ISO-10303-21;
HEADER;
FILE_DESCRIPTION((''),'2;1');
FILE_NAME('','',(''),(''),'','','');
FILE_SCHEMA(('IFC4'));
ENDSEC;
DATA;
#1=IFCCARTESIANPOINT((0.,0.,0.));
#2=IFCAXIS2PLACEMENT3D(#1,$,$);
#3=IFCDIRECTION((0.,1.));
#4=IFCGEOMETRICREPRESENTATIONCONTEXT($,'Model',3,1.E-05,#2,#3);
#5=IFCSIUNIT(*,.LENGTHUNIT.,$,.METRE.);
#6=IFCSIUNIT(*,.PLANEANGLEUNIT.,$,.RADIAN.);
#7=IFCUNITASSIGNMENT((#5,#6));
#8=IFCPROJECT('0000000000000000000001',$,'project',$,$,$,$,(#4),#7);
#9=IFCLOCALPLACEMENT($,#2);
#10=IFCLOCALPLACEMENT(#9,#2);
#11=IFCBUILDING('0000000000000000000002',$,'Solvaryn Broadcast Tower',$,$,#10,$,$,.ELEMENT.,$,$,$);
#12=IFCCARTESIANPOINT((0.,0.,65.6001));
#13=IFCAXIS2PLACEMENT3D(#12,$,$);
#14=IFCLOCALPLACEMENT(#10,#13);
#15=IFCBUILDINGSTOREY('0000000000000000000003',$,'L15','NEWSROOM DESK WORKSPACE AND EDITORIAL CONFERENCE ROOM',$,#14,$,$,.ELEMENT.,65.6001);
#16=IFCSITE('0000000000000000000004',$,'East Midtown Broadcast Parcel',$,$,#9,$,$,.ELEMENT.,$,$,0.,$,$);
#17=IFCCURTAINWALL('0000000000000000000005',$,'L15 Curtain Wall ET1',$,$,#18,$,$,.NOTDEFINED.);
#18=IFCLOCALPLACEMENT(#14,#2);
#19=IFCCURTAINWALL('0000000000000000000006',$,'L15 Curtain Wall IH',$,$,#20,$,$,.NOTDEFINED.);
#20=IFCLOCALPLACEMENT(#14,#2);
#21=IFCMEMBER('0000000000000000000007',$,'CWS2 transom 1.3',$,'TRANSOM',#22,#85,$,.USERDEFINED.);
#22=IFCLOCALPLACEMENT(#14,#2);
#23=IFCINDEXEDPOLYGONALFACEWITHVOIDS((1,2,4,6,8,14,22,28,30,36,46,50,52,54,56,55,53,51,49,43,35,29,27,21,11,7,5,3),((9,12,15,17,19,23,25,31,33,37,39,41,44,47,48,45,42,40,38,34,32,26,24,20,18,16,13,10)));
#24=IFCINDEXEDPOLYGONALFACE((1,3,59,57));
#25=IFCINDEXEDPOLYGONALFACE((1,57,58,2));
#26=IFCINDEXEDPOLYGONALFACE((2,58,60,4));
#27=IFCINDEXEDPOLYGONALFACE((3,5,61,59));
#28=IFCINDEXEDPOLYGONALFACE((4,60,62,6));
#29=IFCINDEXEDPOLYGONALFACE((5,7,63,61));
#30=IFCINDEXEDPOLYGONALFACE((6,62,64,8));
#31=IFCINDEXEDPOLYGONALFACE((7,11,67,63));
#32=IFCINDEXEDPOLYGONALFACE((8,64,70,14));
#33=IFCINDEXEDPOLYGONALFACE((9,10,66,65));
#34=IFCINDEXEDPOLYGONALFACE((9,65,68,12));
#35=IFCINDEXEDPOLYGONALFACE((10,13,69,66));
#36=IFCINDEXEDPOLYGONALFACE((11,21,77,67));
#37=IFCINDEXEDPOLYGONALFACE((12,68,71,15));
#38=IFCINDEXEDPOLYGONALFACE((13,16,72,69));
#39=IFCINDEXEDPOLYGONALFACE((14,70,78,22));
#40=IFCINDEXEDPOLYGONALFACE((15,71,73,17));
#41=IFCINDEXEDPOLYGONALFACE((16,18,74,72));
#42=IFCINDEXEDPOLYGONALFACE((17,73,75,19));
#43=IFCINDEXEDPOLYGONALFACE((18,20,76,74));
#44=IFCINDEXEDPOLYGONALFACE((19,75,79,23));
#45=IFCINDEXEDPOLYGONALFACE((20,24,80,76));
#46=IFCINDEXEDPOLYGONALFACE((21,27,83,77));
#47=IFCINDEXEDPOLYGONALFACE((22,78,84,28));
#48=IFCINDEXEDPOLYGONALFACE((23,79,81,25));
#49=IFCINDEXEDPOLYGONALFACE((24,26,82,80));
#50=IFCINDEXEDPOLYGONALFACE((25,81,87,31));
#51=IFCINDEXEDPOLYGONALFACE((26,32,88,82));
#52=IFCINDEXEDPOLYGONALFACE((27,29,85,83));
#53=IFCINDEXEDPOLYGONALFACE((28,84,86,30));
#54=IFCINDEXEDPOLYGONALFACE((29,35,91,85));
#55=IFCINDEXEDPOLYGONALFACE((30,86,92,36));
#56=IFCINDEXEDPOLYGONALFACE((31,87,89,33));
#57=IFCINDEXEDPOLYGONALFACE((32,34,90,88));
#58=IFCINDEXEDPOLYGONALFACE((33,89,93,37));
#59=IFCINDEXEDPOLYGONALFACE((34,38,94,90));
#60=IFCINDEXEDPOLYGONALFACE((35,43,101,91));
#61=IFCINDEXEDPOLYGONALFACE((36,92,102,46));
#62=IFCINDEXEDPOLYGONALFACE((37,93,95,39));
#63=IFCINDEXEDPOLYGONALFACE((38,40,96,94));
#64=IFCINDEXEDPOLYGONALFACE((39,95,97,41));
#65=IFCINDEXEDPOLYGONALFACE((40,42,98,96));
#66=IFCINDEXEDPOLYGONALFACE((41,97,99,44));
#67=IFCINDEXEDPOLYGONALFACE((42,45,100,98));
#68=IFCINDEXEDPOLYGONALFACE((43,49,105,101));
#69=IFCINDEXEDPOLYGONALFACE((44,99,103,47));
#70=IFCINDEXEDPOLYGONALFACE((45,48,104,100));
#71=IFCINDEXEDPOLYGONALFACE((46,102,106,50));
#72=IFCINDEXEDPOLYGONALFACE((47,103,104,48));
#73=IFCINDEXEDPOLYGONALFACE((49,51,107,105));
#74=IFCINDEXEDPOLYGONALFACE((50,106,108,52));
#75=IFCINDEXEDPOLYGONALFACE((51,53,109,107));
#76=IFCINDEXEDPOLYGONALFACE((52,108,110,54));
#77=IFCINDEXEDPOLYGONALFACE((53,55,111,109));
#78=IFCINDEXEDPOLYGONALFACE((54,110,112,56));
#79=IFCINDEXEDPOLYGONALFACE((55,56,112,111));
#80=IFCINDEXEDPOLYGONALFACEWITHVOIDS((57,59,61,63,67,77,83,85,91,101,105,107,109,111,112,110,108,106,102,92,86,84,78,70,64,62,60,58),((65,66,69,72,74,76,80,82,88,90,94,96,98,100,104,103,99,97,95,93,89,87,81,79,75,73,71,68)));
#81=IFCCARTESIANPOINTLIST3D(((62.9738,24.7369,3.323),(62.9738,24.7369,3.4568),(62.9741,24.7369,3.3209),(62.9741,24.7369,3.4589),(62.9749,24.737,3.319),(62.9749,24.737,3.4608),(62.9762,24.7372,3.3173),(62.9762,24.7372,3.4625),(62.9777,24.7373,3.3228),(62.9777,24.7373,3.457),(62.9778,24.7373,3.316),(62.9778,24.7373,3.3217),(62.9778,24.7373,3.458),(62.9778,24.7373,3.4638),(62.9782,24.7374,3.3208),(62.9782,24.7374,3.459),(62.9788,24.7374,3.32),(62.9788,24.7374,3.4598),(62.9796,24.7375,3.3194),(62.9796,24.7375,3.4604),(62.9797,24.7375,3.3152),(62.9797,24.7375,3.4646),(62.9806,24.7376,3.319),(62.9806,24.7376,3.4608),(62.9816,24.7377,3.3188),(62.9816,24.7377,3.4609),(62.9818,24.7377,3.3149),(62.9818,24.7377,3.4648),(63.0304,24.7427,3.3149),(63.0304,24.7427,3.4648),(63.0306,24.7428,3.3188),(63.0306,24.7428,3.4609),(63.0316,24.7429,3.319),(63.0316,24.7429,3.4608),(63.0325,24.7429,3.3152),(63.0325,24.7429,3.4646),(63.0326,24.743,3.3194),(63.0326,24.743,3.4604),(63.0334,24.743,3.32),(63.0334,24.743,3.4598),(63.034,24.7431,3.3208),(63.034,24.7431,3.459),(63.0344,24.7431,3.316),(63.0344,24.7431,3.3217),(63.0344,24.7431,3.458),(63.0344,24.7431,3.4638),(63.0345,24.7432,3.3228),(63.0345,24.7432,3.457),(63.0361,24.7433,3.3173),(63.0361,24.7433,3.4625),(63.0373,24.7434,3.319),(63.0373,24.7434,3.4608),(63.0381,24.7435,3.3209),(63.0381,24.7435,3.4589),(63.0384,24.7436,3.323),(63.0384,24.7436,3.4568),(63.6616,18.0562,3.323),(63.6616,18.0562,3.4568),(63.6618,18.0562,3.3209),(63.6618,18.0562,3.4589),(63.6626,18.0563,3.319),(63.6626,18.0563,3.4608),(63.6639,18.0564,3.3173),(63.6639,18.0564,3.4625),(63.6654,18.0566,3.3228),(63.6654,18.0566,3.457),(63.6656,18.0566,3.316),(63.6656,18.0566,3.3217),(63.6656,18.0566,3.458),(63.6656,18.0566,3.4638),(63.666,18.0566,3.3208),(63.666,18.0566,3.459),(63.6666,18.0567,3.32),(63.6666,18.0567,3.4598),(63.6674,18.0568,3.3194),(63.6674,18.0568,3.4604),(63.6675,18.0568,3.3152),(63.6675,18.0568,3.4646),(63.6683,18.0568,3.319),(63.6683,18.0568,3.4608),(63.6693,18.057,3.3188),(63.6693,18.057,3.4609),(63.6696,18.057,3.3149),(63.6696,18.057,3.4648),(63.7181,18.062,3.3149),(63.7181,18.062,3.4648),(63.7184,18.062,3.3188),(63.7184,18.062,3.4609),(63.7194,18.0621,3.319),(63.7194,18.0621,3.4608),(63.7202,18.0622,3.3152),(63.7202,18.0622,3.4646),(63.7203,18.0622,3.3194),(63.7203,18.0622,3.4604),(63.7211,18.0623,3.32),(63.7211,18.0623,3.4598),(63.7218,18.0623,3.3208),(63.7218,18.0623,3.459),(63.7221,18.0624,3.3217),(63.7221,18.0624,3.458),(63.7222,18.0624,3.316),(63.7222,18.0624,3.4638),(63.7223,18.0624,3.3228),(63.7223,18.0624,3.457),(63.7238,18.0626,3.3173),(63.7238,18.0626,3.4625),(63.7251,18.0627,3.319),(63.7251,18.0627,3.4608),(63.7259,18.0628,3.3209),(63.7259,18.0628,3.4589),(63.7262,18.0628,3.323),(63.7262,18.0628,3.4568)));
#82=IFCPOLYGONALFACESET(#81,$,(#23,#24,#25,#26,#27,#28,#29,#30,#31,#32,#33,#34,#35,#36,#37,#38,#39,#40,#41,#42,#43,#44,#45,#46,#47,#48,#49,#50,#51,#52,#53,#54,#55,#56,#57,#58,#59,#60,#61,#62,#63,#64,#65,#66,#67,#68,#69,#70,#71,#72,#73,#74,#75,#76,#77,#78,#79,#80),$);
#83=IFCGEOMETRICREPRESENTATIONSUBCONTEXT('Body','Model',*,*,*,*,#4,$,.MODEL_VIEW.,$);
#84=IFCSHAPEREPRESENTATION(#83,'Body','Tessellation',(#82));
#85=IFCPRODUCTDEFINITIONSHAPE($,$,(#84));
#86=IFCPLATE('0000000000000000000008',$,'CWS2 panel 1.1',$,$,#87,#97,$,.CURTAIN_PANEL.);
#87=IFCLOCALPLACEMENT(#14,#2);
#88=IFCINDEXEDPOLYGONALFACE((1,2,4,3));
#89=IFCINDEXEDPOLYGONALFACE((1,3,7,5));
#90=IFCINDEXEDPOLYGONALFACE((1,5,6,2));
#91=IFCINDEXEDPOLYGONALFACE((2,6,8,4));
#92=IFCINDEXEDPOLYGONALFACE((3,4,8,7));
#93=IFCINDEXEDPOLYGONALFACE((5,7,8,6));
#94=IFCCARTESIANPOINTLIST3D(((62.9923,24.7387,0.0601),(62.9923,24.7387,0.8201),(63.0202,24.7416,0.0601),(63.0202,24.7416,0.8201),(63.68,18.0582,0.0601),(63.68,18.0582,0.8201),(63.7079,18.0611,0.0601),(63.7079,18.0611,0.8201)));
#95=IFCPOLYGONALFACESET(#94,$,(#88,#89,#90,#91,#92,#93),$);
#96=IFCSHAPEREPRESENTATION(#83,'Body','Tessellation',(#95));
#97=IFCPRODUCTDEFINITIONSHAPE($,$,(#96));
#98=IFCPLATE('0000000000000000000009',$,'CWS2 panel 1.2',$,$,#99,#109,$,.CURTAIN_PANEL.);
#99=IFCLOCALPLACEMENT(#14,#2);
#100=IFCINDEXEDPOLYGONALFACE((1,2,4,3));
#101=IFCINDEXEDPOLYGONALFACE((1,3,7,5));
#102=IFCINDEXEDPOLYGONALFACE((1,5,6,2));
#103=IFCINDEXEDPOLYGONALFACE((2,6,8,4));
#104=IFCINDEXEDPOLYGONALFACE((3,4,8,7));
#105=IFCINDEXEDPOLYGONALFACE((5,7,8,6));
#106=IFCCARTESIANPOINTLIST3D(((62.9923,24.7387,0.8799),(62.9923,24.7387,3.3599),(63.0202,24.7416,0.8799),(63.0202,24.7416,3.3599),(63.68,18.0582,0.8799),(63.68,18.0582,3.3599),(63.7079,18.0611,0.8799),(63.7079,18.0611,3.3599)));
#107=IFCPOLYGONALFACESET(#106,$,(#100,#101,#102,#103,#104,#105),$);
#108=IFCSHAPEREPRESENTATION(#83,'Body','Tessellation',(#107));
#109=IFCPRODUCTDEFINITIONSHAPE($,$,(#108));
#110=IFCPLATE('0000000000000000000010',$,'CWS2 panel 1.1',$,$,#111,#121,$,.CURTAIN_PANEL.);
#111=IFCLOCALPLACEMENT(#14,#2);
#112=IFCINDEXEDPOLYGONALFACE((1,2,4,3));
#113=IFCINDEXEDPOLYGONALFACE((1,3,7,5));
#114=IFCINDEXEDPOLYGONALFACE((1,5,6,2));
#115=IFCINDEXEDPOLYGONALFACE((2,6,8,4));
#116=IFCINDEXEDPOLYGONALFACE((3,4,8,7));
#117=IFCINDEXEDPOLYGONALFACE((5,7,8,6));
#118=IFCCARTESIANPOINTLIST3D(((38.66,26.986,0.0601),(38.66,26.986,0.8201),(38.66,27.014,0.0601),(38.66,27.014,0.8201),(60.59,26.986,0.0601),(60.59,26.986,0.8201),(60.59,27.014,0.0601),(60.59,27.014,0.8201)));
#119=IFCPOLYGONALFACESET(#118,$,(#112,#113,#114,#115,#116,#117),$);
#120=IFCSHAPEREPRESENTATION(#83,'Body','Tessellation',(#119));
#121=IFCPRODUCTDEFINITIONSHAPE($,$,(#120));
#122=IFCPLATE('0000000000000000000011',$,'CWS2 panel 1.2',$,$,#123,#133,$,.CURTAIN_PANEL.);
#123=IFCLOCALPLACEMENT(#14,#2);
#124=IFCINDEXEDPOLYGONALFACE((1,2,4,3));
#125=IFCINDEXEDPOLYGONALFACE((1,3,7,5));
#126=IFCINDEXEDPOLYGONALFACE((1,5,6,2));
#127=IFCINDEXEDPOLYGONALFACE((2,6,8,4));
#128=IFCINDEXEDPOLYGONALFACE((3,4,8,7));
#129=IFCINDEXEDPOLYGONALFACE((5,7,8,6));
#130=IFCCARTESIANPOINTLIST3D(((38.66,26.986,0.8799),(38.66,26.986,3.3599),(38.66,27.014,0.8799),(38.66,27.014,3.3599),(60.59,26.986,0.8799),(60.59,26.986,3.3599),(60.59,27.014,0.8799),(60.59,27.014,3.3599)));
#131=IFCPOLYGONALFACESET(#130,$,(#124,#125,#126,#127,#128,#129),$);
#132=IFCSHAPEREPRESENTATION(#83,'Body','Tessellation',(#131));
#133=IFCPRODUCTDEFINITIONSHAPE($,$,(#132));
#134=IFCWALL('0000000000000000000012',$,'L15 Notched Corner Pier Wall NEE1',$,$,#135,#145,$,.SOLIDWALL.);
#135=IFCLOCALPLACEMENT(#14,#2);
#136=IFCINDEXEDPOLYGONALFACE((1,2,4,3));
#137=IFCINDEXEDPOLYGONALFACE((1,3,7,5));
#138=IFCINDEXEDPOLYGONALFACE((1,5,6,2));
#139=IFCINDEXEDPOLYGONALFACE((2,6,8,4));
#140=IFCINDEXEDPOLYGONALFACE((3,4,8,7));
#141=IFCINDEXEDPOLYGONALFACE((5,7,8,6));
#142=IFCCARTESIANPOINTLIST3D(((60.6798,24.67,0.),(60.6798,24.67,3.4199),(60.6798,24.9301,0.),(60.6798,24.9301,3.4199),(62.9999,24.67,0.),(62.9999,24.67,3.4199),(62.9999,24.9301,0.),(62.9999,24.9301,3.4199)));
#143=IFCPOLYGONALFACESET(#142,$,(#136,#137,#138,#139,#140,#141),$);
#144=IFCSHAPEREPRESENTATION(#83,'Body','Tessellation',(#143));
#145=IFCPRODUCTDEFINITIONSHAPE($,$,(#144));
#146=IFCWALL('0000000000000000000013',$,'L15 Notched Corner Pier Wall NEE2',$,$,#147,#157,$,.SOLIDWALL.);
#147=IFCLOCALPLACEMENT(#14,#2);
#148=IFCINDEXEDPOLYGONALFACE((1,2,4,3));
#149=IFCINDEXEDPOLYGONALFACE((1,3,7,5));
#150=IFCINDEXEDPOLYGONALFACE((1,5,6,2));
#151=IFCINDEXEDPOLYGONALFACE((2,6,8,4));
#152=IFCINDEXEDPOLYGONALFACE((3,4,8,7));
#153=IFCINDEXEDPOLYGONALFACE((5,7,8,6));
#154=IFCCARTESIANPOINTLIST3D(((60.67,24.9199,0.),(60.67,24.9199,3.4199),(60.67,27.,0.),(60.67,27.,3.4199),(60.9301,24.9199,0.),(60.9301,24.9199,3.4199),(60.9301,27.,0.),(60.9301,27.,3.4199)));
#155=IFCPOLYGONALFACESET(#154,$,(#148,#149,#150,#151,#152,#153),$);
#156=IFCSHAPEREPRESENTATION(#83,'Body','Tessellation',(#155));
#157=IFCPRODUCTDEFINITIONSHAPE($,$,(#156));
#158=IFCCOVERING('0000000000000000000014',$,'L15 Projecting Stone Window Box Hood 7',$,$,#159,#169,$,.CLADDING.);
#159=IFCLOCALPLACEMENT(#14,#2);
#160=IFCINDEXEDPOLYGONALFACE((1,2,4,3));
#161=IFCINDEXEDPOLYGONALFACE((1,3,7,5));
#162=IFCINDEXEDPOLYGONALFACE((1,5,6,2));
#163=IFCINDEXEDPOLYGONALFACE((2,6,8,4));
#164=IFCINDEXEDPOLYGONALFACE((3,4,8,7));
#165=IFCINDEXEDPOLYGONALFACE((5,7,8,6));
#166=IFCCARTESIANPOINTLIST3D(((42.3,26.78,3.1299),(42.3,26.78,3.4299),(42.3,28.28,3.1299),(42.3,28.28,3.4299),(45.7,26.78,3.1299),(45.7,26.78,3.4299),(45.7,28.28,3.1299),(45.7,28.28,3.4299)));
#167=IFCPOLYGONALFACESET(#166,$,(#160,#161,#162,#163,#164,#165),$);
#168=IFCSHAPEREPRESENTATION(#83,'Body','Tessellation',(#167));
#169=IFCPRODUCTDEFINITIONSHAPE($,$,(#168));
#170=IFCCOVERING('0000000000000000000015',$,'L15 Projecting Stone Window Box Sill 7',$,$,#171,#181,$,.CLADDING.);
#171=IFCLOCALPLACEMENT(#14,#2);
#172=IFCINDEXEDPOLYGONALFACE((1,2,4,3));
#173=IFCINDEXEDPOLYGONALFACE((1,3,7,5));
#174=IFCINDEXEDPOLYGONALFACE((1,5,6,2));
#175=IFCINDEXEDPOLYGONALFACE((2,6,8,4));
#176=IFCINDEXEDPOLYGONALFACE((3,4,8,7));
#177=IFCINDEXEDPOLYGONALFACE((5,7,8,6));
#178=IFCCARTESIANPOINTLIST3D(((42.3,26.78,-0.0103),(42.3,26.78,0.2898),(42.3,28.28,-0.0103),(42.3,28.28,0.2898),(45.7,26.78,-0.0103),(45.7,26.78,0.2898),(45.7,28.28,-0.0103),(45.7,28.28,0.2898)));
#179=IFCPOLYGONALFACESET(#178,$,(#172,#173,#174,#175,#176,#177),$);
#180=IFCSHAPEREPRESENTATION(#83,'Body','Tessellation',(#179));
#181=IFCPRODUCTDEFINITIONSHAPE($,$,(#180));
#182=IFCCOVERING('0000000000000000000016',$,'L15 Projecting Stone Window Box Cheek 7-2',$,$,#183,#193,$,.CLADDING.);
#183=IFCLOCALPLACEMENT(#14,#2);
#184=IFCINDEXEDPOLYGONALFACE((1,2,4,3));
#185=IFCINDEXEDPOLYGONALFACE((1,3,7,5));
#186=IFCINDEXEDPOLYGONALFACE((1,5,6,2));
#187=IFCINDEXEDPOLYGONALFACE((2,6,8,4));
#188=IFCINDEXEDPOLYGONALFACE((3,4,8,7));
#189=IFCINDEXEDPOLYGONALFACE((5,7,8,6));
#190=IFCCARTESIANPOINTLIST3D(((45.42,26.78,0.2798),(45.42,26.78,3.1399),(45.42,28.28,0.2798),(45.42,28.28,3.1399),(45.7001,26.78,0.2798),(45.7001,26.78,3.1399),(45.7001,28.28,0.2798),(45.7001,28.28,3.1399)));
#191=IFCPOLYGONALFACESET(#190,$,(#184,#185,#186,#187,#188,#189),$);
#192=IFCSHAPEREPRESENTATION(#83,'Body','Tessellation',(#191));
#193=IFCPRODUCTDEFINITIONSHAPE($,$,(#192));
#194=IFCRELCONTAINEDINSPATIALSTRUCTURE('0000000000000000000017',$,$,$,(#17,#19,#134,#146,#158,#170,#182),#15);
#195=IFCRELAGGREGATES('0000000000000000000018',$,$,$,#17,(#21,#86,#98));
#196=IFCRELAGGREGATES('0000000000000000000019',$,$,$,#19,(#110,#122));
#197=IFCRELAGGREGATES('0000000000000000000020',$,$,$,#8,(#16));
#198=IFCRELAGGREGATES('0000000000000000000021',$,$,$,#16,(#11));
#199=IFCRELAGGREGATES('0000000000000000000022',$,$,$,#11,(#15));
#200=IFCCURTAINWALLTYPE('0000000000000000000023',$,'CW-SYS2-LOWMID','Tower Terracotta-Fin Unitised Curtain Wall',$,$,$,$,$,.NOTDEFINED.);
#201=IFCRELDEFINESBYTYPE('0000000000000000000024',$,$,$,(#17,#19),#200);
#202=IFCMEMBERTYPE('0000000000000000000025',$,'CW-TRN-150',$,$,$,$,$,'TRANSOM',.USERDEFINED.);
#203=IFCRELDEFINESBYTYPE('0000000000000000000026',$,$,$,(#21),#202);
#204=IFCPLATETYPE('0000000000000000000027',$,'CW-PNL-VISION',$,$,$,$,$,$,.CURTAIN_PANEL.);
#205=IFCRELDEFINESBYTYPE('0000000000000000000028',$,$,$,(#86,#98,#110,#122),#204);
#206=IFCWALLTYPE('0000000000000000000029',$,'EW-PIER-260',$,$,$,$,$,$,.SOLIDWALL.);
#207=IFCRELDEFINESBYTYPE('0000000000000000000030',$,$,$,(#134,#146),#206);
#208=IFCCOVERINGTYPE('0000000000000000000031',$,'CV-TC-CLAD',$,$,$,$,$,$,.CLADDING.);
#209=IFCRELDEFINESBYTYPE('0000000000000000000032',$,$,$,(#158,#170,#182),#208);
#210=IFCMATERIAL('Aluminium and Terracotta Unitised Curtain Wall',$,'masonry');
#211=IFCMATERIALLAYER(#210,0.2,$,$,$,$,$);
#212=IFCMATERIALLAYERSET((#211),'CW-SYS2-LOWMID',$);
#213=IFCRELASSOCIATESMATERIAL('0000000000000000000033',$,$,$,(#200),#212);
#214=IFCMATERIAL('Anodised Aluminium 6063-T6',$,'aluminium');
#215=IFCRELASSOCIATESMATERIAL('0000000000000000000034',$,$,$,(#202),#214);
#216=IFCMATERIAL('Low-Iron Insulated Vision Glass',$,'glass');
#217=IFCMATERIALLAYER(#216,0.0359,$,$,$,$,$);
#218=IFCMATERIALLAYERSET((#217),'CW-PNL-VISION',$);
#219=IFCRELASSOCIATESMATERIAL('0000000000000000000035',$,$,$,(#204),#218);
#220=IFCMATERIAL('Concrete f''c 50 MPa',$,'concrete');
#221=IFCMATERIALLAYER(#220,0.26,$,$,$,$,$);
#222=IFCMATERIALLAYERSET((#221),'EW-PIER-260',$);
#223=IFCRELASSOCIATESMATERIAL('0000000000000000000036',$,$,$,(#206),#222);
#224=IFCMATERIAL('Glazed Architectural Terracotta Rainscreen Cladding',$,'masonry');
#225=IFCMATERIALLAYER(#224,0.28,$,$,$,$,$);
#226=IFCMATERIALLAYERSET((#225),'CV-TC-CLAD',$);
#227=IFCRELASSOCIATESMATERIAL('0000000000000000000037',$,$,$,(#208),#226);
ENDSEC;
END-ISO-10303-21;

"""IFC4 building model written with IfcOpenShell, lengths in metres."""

from ifc_helpers import new_model, si_unit, direction, frame, frame_2d, origin, origin_2d, place, context, subcontext, project, spatial, rectangle, hollow_rectangle, extrude, material, layer, layer_set, material_profile, profile_set, type_object, element, aggregate, save


model = new_model("IFC4")

# Units and contexts
model_context = context("Model", 3, precision=1e-05, world=origin(), true_north=direction((0.0, 1.0)))
body_context = subcontext(model_context, "Body", "Model", "MODEL_VIEW")
ifc_project = project(units=[si_unit("LENGTHUNIT", "METRE"), si_unit("PLANEANGLEUNIT", "RADIAN")], contexts=[model_context])

# Site, building, storey
site_placement = place(None, origin())
site = spatial("IfcSite", under=ifc_project, at=site_placement, Name="East Midtown Broadcast Parcel", CompositionType="ELEMENT", RefElevation=0.0)
building_placement = place(site_placement, origin())
building = spatial("IfcBuilding", under=site, at=building_placement, Name="Solvaryn Broadcast Tower", CompositionType="ELEMENT")
storey_placement = place(building_placement, frame((0.0, 0.0, 65.6001)))
storey = spatial("IfcBuildingStorey", under=building, at=storey_placement, Name="L15", Description="NEWSROOM DESK WORKSPACE AND EDITORIAL CONFERENCE ROOM", CompositionType="ELEMENT", Elevation=65.6001)

# Curtain walls
ifc_material_1 = material(Name="Aluminium and Terracotta Unitised Curtain Wall", Category="masonry")
ifc_layer_1 = layer(ifc_material_1, 0.2)
ifc_layer_set_1 = layer_set([ifc_layer_1], Name="CW-SYS2-LOWMID")
curtain_wall_type = type_object("IfcCurtainWallType", Name="CW-SYS2-LOWMID", Description="Tower Terracotta-Fin Unitised Curtain Wall", PredefinedType="NOTDEFINED", material=ifc_layer_set_1)
curtain_wall_1_placement = place(storey_placement, origin())
curtain_wall_1 = element("IfcCurtainWall", 1, at=curtain_wall_1_placement, inside=storey, type_object=curtain_wall_type, Name="L15 Curtain Wall ET1", PredefinedType="NOTDEFINED")
curtain_wall_2_placement = place(storey_placement, origin())
curtain_wall_2 = element("IfcCurtainWall", 2, at=curtain_wall_2_placement, inside=storey, type_object=curtain_wall_type, Name="L15 Curtain Wall IH", PredefinedType="NOTDEFINED")

# Member
ifc_material_2 = material(Name="Anodised Aluminium 6063-T6", Category="aluminium")
ifc_material_profile_1 = material_profile(ifc_material_2, hollow_rectangle(XDim=0.0649, YDim=0.1499, WallThickness=0.0039, InnerFilletRadius=0.0039, OuterFilletRadius=0.0081, at=origin_2d()))
ifc_profile_set_1 = profile_set([ifc_material_profile_1], Name="Anodised Aluminium 6063-T6")
member_type_1 = type_object("IfcMemberType", Name="CW-TRN-150", ElementType="TRANSOM", PredefinedType="USERDEFINED", material=ifc_profile_set_1)
member_1_placement = place(storey_placement, frame((63.0061, 24.7402, 3.3899), z_axis=(0.102404, -0.994743, 0.0), x_axis=(0.994743, 0.102404, 0.0)))
member_1 = element("IfcMember", 3, at=member_1_placement, type_object=member_type_1, Name="CWS2 transom 1.3", ObjectType="TRANSOM", PredefinedType="USERDEFINED", context=body_context, shape_type="SweptSolid", body=[
    extrude(hollow_rectangle(XDim=0.0649, YDim=0.1499, WallThickness=0.0039, InnerFilletRadius=0.0039, OuterFilletRadius=0.0081, at=origin_2d()), origin(), (0.0, 0.0, 1.0), 6.7161),
])

# Plates
ifc_material_3 = material(Name="Low-Iron Insulated Vision Glass", Category="glass")
ifc_layer_2 = layer(ifc_material_3, 0.0359)
ifc_layer_set_2 = layer_set([ifc_layer_2], Name="CW-PNL-VISION")
plate_type = type_object("IfcPlateType", Name="CW-PNL-VISION", PredefinedType="CURTAIN_PANEL", material=ifc_layer_set_2)
plate_1_placement = place(storey_placement, frame((63.3501, 21.3999, 0.0601), z_axis=(0.0, 0.0, 1.0), x_axis=(0.1024, -0.994743, 0.0)))
plate_1 = element("IfcPlate", 4, at=plate_1_placement, type_object=plate_type, Name="CWS2 panel 1.1", PredefinedType="CURTAIN_PANEL", context=body_context, shape_type="SweptSolid", body=[
    extrude(rectangle(XDim=6.7158, YDim=0.0281, at=origin_2d()), origin(), (0.0, 0.0, 1.0), 0.76),
])
plate_2_placement = place(storey_placement, frame((63.3501, 21.3999, 0.8799), z_axis=(0.0, 0.0, 1.0), x_axis=(0.1024, -0.994743, 0.0)))
plate_2 = element("IfcPlate", 5, at=plate_2_placement, type_object=plate_type, Name="CWS2 panel 1.2", PredefinedType="CURTAIN_PANEL", context=body_context, shape_type="SweptSolid", body=[
    extrude(rectangle(XDim=6.7158, YDim=0.0281, at=origin_2d()), origin(), (0.0, 0.0, 1.0), 2.48),
])
aggregate(curtain_wall_1, [member_1, plate_1, plate_2])
plate_3_placement = place(storey_placement, frame((49.625, 27.0, 0.0601), z_axis=(0.0, 0.0, 1.0), x_axis=(1.0, 0.0, 0.0)))
plate_3 = element("IfcPlate", 6, at=plate_3_placement, type_object=plate_type, Name="CWS2 panel 1.1", PredefinedType="CURTAIN_PANEL", context=body_context, shape_type="SweptSolid", body=[
    extrude(rectangle(XDim=21.9299, YDim=0.0281, at=origin_2d()), origin(), (0.0, 0.0, 1.0), 0.76),
])
plate_4_placement = place(storey_placement, frame((49.625, 27.0, 0.8799), z_axis=(0.0, 0.0, 1.0), x_axis=(1.0, 0.0, 0.0)))
plate_4 = element("IfcPlate", 7, at=plate_4_placement, type_object=plate_type, Name="CWS2 panel 1.2", PredefinedType="CURTAIN_PANEL", context=body_context, shape_type="SweptSolid", body=[
    extrude(rectangle(XDim=21.9299, YDim=0.0281, at=origin_2d()), origin(), (0.0, 0.0, 1.0), 2.48),
])
aggregate(curtain_wall_2, [plate_3, plate_4])

# Walls
ifc_material_4 = material(Name="Concrete f'c 50 MPa", Category="concrete")
ifc_layer_3 = layer(ifc_material_4, 0.26)
ifc_layer_set_3 = layer_set([ifc_layer_3], Name="EW-PIER-260")
wall_type_1 = type_object("IfcWallType", Name="EW-PIER-260", PredefinedType="SOLIDWALL", material=ifc_layer_set_3)
wall_1_placement = place(storey_placement, frame((63.0, 24.8, 0.0), z_axis=(0.0, 0.0, 1.0), x_axis=(-1.0, 0.0, 0.0)))
element("IfcWall", 8, at=wall_1_placement, inside=storey, type_object=wall_type_1, Name="L15 Notched Corner Pier Wall NEE1", PredefinedType="SOLIDWALL", context=body_context, shape_type="SweptSolid", body=[
    extrude(rectangle(XDim=2.3201, YDim=0.26, at=frame_2d((1.1602, 0.0))), origin(), (0.0, 0.0, 1.0), 3.4199),
])
wall_2_placement = place(storey_placement, frame((60.8, 24.9199, 0.0), z_axis=(0.0, 0.0, 1.0), x_axis=(0.0, 1.0, 0.0)))
element("IfcWall", 9, at=wall_2_placement, inside=storey, type_object=wall_type_1, Name="L15 Notched Corner Pier Wall NEE2", PredefinedType="SOLIDWALL", context=body_context, shape_type="SweptSolid", body=[
    extrude(rectangle(XDim=2.0801, YDim=0.26, at=frame_2d((1.04, 0.0))), origin(), (0.0, 0.0, 1.0), 3.4199),
])

# Coverings
ifc_material_5 = material(Name="Glazed Architectural Terracotta Rainscreen Cladding", Category="masonry")
ifc_layer_4 = layer(ifc_material_5, 0.28)
ifc_layer_set_4 = layer_set([ifc_layer_4], Name="CV-TC-CLAD")
covering_type_1 = type_object("IfcCoveringType", Name="CV-TC-CLAD", PredefinedType="CLADDING", material=ifc_layer_set_4)
for number, where, z_axis, x_axis, name in (
    (10, (44.0, 27.53, 3.1299), (0.0, 0.0, 1.0), (1.0, 0.0, 0.0), "L15 Projecting Stone Window Box Hood 7"),
    (11, (44.0, 27.53, -0.0103), (0.0, 0.0, 1.0), (1.0, 0.0, 0.0), "L15 Projecting Stone Window Box Sill 7"),
):
    element("IfcCovering", number, at=place(storey_placement, frame(where, z_axis=z_axis, x_axis=x_axis)), inside=storey, type_object=covering_type_1, Name=name, PredefinedType="CLADDING", context=body_context, shape_type="SweptSolid", body=[
        extrude(rectangle(XDim=3.3999, YDim=1.5, at=origin_2d()), origin(), (0.0, 0.0, 1.0), 0.3),
    ])
covering_1_placement = place(storey_placement, frame((45.5601, 27.53, 0.2798), z_axis=(0.0, 0.0, 1.0), x_axis=(1.0, 0.0, 0.0)))
element("IfcCovering", 12, at=covering_1_placement, inside=storey, type_object=covering_type_1, Name="L15 Projecting Stone Window Box Cheek 7-2", PredefinedType="CLADDING", context=body_context, shape_type="SweptSolid", body=[
    extrude(rectangle(XDim=0.28, YDim=1.5, at=origin_2d()), origin(), (0.0, 0.0, 1.0), 2.8601),
])

save(model, "model.ifc")
